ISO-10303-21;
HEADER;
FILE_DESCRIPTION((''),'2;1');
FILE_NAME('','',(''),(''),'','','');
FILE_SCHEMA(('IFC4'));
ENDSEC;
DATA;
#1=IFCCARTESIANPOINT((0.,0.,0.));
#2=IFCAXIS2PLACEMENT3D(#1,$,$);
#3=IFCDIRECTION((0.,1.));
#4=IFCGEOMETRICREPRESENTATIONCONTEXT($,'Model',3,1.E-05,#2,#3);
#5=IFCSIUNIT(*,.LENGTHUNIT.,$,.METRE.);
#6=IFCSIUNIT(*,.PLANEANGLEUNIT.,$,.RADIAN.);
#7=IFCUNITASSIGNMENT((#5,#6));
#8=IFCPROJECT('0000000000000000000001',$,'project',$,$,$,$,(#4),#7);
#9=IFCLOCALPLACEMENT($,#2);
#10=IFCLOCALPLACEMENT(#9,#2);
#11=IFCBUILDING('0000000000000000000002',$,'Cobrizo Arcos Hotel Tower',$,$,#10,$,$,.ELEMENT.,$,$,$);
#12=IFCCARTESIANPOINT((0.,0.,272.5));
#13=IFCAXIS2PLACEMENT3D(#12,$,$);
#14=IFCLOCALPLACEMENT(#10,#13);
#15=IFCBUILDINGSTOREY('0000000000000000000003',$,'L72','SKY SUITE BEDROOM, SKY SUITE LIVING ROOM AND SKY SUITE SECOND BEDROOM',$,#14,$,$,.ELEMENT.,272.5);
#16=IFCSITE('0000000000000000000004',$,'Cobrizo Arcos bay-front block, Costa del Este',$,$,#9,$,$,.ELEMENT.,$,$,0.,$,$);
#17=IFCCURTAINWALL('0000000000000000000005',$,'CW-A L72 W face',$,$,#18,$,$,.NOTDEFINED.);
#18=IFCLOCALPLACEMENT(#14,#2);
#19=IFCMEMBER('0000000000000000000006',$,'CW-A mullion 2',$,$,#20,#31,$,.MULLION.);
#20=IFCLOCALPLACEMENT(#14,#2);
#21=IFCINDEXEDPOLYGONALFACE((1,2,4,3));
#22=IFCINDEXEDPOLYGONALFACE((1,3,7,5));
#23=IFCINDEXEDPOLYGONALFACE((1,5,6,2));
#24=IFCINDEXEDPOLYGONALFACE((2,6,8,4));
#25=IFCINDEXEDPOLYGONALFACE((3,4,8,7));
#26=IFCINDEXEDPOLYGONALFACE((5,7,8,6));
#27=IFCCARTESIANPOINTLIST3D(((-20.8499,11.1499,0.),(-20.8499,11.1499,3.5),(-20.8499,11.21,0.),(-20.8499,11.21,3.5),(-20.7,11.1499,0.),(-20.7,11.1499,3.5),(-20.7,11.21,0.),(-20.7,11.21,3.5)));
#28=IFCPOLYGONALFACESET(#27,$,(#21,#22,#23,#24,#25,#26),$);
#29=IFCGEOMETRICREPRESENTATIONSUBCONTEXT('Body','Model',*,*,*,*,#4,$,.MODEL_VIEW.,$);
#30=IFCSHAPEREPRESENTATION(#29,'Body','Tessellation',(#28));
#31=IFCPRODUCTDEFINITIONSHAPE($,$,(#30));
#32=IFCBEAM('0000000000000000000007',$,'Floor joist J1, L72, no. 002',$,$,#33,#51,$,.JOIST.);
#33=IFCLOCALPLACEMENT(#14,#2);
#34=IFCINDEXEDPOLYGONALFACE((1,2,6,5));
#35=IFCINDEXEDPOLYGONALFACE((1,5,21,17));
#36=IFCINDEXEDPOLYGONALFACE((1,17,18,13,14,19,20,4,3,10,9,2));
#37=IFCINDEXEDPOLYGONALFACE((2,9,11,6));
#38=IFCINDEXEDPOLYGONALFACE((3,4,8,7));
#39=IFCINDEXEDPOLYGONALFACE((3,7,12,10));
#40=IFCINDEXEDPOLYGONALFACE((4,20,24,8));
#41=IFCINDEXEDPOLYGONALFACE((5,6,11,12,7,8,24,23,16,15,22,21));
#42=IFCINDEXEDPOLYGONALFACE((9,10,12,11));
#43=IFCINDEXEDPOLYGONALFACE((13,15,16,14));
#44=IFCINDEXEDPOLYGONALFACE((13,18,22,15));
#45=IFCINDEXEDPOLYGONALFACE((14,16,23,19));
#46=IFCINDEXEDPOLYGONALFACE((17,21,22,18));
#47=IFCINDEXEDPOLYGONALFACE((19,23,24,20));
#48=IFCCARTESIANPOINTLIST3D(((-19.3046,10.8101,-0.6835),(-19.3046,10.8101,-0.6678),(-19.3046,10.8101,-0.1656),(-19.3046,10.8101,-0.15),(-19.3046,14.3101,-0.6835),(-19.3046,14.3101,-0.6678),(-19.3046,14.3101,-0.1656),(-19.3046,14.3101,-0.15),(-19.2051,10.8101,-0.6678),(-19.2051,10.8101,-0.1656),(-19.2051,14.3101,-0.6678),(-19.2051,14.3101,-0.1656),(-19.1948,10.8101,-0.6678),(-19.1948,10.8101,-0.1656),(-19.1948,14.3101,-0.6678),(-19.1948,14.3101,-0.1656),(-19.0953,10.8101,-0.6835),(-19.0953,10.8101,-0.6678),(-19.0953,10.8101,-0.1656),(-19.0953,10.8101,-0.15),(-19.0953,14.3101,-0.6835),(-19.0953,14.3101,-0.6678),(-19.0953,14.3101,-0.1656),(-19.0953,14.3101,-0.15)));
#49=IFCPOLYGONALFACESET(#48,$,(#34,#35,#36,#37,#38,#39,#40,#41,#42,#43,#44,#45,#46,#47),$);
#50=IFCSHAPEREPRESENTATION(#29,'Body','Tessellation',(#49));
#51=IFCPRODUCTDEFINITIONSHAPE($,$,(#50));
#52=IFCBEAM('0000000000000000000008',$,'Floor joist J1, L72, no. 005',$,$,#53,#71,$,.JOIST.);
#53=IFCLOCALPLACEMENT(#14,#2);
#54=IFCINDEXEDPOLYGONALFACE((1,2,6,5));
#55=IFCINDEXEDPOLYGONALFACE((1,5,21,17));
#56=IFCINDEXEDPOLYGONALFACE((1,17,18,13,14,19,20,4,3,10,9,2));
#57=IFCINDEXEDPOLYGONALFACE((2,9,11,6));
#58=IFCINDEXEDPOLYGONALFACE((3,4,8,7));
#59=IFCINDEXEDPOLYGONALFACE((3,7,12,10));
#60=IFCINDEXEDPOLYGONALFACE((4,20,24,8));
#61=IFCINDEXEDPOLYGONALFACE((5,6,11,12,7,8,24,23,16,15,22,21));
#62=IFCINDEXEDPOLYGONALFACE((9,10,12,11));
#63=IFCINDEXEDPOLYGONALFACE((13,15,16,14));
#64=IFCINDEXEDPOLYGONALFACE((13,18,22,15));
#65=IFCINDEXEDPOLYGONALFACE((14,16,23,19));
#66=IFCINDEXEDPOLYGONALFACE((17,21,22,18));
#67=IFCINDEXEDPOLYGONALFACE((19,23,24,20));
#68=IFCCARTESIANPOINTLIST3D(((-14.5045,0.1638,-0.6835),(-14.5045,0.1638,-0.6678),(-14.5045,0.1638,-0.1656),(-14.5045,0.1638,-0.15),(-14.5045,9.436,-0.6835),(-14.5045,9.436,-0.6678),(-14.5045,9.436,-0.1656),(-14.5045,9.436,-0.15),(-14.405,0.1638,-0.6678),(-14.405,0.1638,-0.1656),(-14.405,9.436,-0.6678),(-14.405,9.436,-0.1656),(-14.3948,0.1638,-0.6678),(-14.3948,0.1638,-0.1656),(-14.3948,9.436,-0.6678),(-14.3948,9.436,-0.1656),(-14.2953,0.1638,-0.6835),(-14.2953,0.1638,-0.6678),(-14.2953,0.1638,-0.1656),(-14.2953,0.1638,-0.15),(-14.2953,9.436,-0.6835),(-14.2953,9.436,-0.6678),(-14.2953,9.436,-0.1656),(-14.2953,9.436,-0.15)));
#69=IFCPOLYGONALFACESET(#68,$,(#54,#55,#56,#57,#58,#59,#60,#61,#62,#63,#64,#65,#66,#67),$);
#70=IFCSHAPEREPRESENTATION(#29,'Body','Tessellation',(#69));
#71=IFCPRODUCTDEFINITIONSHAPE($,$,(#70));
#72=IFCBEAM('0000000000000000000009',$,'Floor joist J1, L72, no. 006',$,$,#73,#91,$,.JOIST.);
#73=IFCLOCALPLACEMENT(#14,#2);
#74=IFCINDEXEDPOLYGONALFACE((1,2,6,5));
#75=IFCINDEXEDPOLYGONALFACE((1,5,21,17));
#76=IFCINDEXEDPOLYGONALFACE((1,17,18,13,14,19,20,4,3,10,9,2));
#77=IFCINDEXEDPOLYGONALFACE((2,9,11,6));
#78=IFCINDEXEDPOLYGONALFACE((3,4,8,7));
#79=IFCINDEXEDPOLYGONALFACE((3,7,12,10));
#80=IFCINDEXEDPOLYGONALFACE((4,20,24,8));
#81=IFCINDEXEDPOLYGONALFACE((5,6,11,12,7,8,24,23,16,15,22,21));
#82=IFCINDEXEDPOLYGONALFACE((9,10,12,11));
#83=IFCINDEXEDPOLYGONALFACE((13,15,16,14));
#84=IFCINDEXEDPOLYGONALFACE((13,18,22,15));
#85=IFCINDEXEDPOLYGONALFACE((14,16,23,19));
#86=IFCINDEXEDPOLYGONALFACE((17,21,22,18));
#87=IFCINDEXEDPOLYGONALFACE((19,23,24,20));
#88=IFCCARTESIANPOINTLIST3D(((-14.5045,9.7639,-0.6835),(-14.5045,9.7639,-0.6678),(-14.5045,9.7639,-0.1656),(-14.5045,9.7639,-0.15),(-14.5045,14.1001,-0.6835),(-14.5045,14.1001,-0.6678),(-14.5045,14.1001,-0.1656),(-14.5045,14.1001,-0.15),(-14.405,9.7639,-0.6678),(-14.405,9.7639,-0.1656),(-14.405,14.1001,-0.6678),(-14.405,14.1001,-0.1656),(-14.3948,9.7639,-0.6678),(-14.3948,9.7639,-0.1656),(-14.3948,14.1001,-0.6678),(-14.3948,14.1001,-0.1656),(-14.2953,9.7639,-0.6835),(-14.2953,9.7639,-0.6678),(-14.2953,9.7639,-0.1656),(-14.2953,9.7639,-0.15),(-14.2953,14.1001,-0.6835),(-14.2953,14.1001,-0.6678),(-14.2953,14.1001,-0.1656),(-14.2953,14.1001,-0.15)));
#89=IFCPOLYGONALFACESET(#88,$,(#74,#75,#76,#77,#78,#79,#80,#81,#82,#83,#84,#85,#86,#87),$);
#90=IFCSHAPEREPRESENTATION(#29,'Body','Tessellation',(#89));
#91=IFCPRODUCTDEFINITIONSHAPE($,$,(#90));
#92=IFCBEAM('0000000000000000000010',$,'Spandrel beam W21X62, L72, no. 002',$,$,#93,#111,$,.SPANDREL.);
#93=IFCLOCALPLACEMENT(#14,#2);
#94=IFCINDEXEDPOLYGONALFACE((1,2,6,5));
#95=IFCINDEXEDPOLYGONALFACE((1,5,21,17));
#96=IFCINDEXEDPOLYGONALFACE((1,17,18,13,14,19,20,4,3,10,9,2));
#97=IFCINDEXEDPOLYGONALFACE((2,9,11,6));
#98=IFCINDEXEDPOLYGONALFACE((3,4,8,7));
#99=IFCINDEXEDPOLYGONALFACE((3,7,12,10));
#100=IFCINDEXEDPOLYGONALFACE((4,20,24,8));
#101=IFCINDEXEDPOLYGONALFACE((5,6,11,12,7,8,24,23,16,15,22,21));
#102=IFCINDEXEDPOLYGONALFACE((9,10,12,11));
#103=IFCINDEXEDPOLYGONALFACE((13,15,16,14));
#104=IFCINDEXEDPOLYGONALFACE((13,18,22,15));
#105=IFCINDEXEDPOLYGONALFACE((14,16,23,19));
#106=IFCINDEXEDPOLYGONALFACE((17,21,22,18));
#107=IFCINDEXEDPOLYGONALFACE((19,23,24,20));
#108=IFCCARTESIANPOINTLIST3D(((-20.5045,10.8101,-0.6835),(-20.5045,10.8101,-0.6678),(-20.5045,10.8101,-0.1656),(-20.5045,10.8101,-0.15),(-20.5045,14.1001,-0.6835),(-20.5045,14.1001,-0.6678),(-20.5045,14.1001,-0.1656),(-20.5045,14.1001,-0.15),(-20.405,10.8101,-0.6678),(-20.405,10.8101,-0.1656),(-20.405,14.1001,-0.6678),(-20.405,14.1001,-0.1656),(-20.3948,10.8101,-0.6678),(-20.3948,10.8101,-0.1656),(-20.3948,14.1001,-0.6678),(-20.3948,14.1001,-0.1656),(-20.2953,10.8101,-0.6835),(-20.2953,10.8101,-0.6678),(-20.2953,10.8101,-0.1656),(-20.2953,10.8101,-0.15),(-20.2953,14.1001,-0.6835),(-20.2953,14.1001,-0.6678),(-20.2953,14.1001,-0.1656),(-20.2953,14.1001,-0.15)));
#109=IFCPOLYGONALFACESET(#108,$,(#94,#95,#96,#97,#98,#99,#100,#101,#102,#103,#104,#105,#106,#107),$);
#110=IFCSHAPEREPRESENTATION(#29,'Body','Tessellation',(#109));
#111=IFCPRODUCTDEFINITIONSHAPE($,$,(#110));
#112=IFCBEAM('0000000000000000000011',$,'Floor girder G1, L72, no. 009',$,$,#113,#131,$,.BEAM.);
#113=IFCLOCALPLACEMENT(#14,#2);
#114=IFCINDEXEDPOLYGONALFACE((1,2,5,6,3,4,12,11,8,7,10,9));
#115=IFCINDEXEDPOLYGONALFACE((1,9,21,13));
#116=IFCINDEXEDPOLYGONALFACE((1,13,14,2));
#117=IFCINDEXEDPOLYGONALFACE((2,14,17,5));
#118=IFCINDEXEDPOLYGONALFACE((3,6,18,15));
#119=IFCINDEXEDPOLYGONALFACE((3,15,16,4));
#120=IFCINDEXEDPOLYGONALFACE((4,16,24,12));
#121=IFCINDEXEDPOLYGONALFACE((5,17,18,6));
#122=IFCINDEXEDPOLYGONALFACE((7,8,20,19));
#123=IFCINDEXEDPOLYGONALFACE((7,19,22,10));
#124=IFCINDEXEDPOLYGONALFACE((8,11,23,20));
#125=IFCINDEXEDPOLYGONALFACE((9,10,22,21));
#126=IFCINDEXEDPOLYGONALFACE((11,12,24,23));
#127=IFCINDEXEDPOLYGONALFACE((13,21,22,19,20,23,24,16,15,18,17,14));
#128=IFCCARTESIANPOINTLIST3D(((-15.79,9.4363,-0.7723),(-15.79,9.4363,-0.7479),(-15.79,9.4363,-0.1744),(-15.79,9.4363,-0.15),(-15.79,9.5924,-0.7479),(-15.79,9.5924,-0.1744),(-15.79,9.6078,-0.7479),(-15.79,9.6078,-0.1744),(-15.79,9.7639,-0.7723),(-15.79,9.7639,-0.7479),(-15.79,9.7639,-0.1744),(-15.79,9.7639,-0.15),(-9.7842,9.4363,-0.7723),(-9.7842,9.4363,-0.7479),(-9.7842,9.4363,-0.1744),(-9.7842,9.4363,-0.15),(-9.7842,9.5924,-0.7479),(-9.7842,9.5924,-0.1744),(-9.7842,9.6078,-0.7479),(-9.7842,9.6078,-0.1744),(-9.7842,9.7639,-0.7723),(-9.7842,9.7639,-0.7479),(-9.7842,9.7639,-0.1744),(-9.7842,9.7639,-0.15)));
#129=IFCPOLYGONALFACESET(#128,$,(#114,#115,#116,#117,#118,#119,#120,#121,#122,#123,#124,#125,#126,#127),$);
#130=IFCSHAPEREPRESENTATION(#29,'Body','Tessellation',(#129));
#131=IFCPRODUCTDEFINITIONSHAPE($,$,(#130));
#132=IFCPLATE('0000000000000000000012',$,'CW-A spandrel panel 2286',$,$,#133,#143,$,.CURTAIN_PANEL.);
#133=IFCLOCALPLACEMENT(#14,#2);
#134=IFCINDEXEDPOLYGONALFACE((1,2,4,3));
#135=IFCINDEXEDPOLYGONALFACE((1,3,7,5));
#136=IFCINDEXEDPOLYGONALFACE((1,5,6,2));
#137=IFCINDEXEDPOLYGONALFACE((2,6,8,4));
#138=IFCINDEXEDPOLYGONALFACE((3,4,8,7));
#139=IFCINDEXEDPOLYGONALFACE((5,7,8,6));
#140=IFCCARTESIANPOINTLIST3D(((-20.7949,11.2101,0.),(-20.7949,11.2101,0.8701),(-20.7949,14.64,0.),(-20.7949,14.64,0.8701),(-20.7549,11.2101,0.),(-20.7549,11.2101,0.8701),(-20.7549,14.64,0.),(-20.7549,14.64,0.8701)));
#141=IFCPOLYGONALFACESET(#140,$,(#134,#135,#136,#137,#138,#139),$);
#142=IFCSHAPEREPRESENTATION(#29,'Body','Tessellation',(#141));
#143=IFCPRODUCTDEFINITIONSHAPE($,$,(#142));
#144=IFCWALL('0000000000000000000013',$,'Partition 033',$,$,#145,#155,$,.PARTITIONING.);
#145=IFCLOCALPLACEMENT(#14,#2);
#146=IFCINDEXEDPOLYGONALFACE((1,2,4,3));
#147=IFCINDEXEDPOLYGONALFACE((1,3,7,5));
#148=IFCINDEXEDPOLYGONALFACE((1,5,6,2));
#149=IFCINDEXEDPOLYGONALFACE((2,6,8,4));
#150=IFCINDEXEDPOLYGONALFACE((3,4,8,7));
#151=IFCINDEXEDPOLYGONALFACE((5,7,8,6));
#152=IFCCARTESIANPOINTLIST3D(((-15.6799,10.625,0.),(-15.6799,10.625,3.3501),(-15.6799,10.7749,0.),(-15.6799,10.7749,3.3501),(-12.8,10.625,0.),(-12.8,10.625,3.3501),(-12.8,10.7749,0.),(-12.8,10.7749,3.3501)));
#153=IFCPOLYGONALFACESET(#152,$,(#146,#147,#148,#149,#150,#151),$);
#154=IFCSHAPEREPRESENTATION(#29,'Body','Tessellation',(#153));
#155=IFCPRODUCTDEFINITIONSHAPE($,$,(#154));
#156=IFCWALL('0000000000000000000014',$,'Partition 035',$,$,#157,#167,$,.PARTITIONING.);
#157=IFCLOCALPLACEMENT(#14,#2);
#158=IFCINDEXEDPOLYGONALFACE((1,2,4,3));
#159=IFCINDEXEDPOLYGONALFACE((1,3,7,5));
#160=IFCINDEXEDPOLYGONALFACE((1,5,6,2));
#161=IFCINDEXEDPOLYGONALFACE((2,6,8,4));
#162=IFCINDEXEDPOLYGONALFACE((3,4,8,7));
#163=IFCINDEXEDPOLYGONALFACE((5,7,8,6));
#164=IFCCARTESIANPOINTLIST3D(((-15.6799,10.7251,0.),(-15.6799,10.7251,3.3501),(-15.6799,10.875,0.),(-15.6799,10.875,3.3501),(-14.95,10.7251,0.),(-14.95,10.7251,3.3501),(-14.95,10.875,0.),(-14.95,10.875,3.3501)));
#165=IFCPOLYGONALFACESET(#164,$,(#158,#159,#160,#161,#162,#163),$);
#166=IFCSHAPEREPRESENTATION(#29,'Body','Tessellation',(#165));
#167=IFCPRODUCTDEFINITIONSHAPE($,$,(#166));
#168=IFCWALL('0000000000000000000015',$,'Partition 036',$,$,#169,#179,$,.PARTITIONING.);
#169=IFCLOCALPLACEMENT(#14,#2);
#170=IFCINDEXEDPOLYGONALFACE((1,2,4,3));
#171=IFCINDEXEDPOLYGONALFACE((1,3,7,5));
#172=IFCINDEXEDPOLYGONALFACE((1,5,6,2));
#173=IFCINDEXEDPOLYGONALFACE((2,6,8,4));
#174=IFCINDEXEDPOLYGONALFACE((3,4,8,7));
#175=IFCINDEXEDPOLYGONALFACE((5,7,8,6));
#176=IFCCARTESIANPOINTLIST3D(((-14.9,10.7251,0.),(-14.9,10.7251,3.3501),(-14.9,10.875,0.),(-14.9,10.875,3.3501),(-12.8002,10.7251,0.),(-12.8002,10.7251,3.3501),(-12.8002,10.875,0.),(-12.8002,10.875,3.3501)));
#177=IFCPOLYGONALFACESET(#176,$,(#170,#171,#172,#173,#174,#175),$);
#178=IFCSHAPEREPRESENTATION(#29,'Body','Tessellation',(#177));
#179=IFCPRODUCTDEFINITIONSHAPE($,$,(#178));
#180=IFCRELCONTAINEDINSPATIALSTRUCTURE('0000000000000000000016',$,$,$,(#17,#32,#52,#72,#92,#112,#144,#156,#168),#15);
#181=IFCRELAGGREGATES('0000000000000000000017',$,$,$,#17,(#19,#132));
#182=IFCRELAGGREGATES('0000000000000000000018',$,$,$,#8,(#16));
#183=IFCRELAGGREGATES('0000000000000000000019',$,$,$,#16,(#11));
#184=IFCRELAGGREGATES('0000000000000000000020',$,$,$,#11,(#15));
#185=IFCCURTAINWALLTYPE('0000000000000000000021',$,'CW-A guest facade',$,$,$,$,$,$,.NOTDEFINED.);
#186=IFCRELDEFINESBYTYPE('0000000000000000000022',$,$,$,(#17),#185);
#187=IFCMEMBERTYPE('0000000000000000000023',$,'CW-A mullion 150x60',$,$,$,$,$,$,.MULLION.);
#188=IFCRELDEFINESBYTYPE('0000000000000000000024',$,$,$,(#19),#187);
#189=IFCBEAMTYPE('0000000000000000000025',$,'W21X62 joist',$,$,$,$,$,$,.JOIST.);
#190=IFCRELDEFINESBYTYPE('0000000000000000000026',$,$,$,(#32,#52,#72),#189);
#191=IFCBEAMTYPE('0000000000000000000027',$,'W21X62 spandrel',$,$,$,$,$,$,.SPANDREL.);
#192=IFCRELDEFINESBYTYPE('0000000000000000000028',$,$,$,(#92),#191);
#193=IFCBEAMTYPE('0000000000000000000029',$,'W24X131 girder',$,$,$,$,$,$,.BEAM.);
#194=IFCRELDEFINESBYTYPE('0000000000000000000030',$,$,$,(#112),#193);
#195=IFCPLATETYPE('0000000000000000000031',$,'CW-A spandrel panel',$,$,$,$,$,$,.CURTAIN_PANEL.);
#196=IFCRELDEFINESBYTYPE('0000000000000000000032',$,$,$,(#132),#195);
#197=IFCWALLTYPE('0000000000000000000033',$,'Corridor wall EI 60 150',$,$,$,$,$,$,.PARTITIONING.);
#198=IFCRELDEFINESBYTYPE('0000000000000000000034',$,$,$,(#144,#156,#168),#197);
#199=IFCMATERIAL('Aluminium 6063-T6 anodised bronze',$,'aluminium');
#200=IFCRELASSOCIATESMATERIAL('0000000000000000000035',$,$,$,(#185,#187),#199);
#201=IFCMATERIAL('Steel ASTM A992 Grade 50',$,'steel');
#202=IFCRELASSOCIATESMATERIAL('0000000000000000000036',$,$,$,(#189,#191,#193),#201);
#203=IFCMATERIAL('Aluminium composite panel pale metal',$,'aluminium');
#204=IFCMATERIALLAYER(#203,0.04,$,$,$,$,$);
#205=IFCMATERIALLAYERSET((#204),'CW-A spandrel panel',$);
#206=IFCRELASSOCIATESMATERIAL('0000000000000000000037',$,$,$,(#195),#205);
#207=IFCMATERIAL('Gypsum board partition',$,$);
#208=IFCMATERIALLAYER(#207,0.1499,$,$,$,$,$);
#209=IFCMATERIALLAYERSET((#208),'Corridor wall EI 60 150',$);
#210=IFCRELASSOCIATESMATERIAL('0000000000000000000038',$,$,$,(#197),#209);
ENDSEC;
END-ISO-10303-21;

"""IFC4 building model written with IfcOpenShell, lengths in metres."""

from ifc_helpers import new_model, si_unit, direction, frame, frame_2d, origin, origin_2d, place, context, subcontext, project, spatial, rectangle, i_section, extrude, material, layer, layer_set, material_profile, profile_set, type_object, element, aggregate, save


model = new_model("IFC4")

# Units and contexts
model_context = context("Model", 3, precision=1e-05, world=origin(), true_north=direction((0.0, 1.0)))
body_context = subcontext(model_context, "Body", "Model", "MODEL_VIEW")
ifc_project = project(units=[si_unit("LENGTHUNIT", "METRE"), si_unit("PLANEANGLEUNIT", "RADIAN")], contexts=[model_context])

# Site, building, storey
site_placement = place(None, origin())
site = spatial("IfcSite", under=ifc_project, at=site_placement, Name="Cobrizo Arcos bay-front block, Costa del Este", CompositionType="ELEMENT", RefElevation=0.0)
building_placement = place(site_placement, origin())
building = spatial("IfcBuilding", under=site, at=building_placement, Name="Cobrizo Arcos Hotel Tower", CompositionType="ELEMENT")
storey_placement = place(building_placement, frame((0.0, 0.0, 272.5)))
storey = spatial("IfcBuildingStorey", under=building, at=storey_placement, Name="L72", Description="SKY SUITE BEDROOM, SKY SUITE LIVING ROOM AND SKY SUITE SECOND BEDROOM", CompositionType="ELEMENT", Elevation=272.5)

# Curtain wall, member
ifc_material_1 = material(Name="Aluminium 6063-T6 anodised bronze", Category="aluminium")
curtain_wall_type = type_object("IfcCurtainWallType", Name="CW-A guest facade", PredefinedType="NOTDEFINED", material=ifc_material_1)
curtain_wall_placement = place(storey_placement, origin())
curtain_wall = element("IfcCurtainWall", 1, at=curtain_wall_placement, inside=storey, type_object=curtain_wall_type, Name="CW-A L72 W face", PredefinedType="NOTDEFINED")
ifc_material_profile_1 = material_profile(ifc_material_1, rectangle(XDim=0.1499, YDim=0.0601, at=origin_2d()), Name="CW-A mullion 150x60")
ifc_profile_set_1 = profile_set([ifc_material_profile_1], Name="Aluminium 6063-T6 anodised bronze")
member_type = type_object("IfcMemberType", Name="CW-A mullion 150x60", PredefinedType="MULLION", material=ifc_profile_set_1)
member_placement = place(storey_placement, frame((-20.7749, 11.1799, 0.0), z_axis=(0.0, 0.0, 1.0), x_axis=(-1.0, 0.0, 0.0)))
member = element("IfcMember", 2, at=member_placement, type_object=member_type, Name="CW-A mullion 2", PredefinedType="MULLION", context=body_context, shape_type="SweptSolid", body=[
    extrude(rectangle(XDim=0.1499, YDim=0.0601, at=origin_2d()), origin(), (0.0, 0.0, 1.0), 3.5),
])

# Beams
ifc_material_2 = material(Name="Steel ASTM A992 Grade 50", Category="steel")
ifc_material_profile_2 = material_profile(ifc_material_2, i_section(OverallWidth=0.2092, OverallDepth=0.5334, WebThickness=0.0103, FlangeThickness=0.0156, at=origin_2d()), Name="W21X62")
ifc_profile_set_2 = profile_set([ifc_material_profile_2], Name="Steel ASTM A992 Grade 50")
beam_type_1 = type_object("IfcBeamType", Name="W21X62 joist", PredefinedType="JOIST", material=ifc_profile_set_2)
beam_1_placement = place(storey_placement, frame((-19.2, 10.8101, -0.4167), z_axis=(0.0, 1.0, 0.0), x_axis=(-1.0, 0.0, 0.0)))
element("IfcBeam", 3, at=beam_1_placement, inside=storey, type_object=beam_type_1, Name="Floor joist J1, L72, no. 002", PredefinedType="JOIST", context=body_context, shape_type="SweptSolid", body=[
    extrude(i_section(OverallWidth=0.2092, OverallDepth=0.5334, WebThickness=0.0103, FlangeThickness=0.0156, at=origin_2d()), origin(), (0.0, 0.0, 1.0), 3.5),
])
beam_2_placement = place(storey_placement, frame((-14.3999, 0.1638, -0.4167), z_axis=(0.0, 1.0, 0.0), x_axis=(-1.0, 0.0, 0.0)))
element("IfcBeam", 4, at=beam_2_placement, inside=storey, type_object=beam_type_1, Name="Floor joist J1, L72, no. 005", PredefinedType="JOIST", context=body_context, shape_type="SweptSolid", body=[
    extrude(i_section(OverallWidth=0.2092, OverallDepth=0.5334, WebThickness=0.0103, FlangeThickness=0.0156, at=origin_2d()), origin(), (0.0, 0.0, 1.0), 9.2722),
])
beam_3_placement = place(storey_placement, frame((-14.3999, 9.7639, -0.4167), z_axis=(0.0, 1.0, 0.0), x_axis=(-1.0, 0.0, 0.0)))
element("IfcBeam", 5, at=beam_3_placement, inside=storey, type_object=beam_type_1, Name="Floor joist J1, L72, no. 006", PredefinedType="JOIST", context=body_context, shape_type="SweptSolid", body=[
    extrude(i_section(OverallWidth=0.2092, OverallDepth=0.5334, WebThickness=0.0103, FlangeThickness=0.0156, at=origin_2d()), origin(), (0.0, 0.0, 1.0), 4.3362),
])
ifc_material_profile_3 = material_profile(ifc_material_2, i_section(OverallWidth=0.2092, OverallDepth=0.5334, WebThickness=0.0103, FlangeThickness=0.0156, at=origin_2d()), Name="W21X62")
ifc_profile_set_3 = profile_set([ifc_material_profile_3], Name="Steel ASTM A992 Grade 50")
beam_type_2 = type_object("IfcBeamType", Name="W21X62 spandrel", PredefinedType="SPANDREL", material=ifc_profile_set_3)
beam_4_placement = place(storey_placement, frame((-20.3999, 10.8101, -0.4167), z_axis=(0.0, 1.0, 0.0), x_axis=(-1.0, 0.0, 0.0)))
element("IfcBeam", 6, at=beam_4_placement, inside=storey, type_object=beam_type_2, Name="Spandrel beam W21X62, L72, no. 002", PredefinedType="SPANDREL", context=body_context, shape_type="SweptSolid", body=[
    extrude(i_section(OverallWidth=0.2092, OverallDepth=0.5334, WebThickness=0.0103, FlangeThickness=0.0156, at=origin_2d()), origin(), (0.0, 0.0, 1.0), 3.29),
])
ifc_material_profile_4 = material_profile(ifc_material_2, i_section(OverallWidth=0.3276, OverallDepth=0.6223, WebThickness=0.0154, FlangeThickness=0.0244, at=origin_2d()), Name="W24X131")
ifc_profile_set_4 = profile_set([ifc_material_profile_4], Name="Steel ASTM A992 Grade 50")
beam_type_3 = type_object("IfcBeamType", Name="W24X131 girder", PredefinedType="BEAM", material=ifc_profile_set_4)
beam_5_placement = place(storey_placement, frame((-15.79, 9.6001, -0.4612), z_axis=(1.0, 0.0, 0.0), x_axis=(0.0, 1.0, 0.0)))
element("IfcBeam", 7, at=beam_5_placement, inside=storey, type_object=beam_type_3, Name="Floor girder G1, L72, no. 009", PredefinedType="BEAM", context=body_context, shape_type="SweptSolid", body=[
    extrude(i_section(OverallWidth=0.3276, OverallDepth=0.6223, WebThickness=0.0154, FlangeThickness=0.0244, at=origin_2d()), origin(), (0.0, 0.0, 1.0), 6.0059),
])

# Plate
ifc_material_3 = material(Name="Aluminium composite panel pale metal", Category="aluminium")
ifc_layer_1 = layer(ifc_material_3, 0.04)
ifc_layer_set_1 = layer_set([ifc_layer_1], Name="CW-A spandrel panel")
plate_type = type_object("IfcPlateType", Name="CW-A spandrel panel", PredefinedType="CURTAIN_PANEL", material=ifc_layer_set_1)
plate_placement = place(storey_placement, frame((-20.7749, 12.925, 0.0), z_axis=(0.0, 0.0, 1.0), x_axis=(0.0, -1.0, 0.0)))
plate = element("IfcPlate", 8, at=plate_placement, type_object=plate_type, Name="CW-A spandrel panel 2286", PredefinedType="CURTAIN_PANEL", context=body_context, shape_type="SweptSolid", body=[
    extrude(rectangle(XDim=3.4299, YDim=0.04, at=origin_2d()), origin(), (0.0, 0.0, 1.0), 0.8701),
])
aggregate(curtain_wall, [member, plate])

# Walls
ifc_material_4 = material(Name="Gypsum board partition")
ifc_layer_2 = layer(ifc_material_4, 0.1499)
ifc_layer_set_2 = layer_set([ifc_layer_2], Name="Corridor wall EI 60 150")
wall_type_1 = type_object("IfcWallType", Name="Corridor wall EI 60 150", PredefinedType="PARTITIONING", material=ifc_layer_set_2)
wall_1_placement = place(storey_placement, frame((-15.6799, 10.7, 0.0), z_axis=(0.0, 0.0, 1.0), x_axis=(1.0, 0.0, 0.0)))
element("IfcWall", 9, at=wall_1_placement, inside=storey, type_object=wall_type_1, Name="Partition 033", PredefinedType="PARTITIONING", context=body_context, shape_type="SweptSolid", body=[
    extrude(rectangle(XDim=2.8799, YDim=0.1499, at=frame_2d((1.4399, 0.0))), origin(), (0.0, 0.0, 1.0), 3.3501),
])
wall_2_placement = place(storey_placement, frame((-15.6799, 10.8, 0.0), z_axis=(0.0, 0.0, 1.0), x_axis=(1.0, 0.0, 0.0)))
element("IfcWall", 10, at=wall_2_placement, inside=storey, type_object=wall_type_1, Name="Partition 035", PredefinedType="PARTITIONING", context=body_context, shape_type="SweptSolid", body=[
    extrude(rectangle(XDim=0.73, YDim=0.1499, at=frame_2d((0.365, 0.0))), origin(), (0.0, 0.0, 1.0), 3.3501),
])
wall_3_placement = place(storey_placement, frame((-14.8999, 10.8, 0.0), z_axis=(0.0, 0.0, 1.0), x_axis=(1.0, 0.0, 0.0)))
element("IfcWall", 11, at=wall_3_placement, inside=storey, type_object=wall_type_1, Name="Partition 036", PredefinedType="PARTITIONING", context=body_context, shape_type="SweptSolid", body=[
    extrude(rectangle(XDim=2.0999, YDim=0.1499, at=frame_2d((1.0498, 0.0))), origin(), (0.0, 0.0, 1.0), 3.3501),
])

save(model, "model.ifc")
